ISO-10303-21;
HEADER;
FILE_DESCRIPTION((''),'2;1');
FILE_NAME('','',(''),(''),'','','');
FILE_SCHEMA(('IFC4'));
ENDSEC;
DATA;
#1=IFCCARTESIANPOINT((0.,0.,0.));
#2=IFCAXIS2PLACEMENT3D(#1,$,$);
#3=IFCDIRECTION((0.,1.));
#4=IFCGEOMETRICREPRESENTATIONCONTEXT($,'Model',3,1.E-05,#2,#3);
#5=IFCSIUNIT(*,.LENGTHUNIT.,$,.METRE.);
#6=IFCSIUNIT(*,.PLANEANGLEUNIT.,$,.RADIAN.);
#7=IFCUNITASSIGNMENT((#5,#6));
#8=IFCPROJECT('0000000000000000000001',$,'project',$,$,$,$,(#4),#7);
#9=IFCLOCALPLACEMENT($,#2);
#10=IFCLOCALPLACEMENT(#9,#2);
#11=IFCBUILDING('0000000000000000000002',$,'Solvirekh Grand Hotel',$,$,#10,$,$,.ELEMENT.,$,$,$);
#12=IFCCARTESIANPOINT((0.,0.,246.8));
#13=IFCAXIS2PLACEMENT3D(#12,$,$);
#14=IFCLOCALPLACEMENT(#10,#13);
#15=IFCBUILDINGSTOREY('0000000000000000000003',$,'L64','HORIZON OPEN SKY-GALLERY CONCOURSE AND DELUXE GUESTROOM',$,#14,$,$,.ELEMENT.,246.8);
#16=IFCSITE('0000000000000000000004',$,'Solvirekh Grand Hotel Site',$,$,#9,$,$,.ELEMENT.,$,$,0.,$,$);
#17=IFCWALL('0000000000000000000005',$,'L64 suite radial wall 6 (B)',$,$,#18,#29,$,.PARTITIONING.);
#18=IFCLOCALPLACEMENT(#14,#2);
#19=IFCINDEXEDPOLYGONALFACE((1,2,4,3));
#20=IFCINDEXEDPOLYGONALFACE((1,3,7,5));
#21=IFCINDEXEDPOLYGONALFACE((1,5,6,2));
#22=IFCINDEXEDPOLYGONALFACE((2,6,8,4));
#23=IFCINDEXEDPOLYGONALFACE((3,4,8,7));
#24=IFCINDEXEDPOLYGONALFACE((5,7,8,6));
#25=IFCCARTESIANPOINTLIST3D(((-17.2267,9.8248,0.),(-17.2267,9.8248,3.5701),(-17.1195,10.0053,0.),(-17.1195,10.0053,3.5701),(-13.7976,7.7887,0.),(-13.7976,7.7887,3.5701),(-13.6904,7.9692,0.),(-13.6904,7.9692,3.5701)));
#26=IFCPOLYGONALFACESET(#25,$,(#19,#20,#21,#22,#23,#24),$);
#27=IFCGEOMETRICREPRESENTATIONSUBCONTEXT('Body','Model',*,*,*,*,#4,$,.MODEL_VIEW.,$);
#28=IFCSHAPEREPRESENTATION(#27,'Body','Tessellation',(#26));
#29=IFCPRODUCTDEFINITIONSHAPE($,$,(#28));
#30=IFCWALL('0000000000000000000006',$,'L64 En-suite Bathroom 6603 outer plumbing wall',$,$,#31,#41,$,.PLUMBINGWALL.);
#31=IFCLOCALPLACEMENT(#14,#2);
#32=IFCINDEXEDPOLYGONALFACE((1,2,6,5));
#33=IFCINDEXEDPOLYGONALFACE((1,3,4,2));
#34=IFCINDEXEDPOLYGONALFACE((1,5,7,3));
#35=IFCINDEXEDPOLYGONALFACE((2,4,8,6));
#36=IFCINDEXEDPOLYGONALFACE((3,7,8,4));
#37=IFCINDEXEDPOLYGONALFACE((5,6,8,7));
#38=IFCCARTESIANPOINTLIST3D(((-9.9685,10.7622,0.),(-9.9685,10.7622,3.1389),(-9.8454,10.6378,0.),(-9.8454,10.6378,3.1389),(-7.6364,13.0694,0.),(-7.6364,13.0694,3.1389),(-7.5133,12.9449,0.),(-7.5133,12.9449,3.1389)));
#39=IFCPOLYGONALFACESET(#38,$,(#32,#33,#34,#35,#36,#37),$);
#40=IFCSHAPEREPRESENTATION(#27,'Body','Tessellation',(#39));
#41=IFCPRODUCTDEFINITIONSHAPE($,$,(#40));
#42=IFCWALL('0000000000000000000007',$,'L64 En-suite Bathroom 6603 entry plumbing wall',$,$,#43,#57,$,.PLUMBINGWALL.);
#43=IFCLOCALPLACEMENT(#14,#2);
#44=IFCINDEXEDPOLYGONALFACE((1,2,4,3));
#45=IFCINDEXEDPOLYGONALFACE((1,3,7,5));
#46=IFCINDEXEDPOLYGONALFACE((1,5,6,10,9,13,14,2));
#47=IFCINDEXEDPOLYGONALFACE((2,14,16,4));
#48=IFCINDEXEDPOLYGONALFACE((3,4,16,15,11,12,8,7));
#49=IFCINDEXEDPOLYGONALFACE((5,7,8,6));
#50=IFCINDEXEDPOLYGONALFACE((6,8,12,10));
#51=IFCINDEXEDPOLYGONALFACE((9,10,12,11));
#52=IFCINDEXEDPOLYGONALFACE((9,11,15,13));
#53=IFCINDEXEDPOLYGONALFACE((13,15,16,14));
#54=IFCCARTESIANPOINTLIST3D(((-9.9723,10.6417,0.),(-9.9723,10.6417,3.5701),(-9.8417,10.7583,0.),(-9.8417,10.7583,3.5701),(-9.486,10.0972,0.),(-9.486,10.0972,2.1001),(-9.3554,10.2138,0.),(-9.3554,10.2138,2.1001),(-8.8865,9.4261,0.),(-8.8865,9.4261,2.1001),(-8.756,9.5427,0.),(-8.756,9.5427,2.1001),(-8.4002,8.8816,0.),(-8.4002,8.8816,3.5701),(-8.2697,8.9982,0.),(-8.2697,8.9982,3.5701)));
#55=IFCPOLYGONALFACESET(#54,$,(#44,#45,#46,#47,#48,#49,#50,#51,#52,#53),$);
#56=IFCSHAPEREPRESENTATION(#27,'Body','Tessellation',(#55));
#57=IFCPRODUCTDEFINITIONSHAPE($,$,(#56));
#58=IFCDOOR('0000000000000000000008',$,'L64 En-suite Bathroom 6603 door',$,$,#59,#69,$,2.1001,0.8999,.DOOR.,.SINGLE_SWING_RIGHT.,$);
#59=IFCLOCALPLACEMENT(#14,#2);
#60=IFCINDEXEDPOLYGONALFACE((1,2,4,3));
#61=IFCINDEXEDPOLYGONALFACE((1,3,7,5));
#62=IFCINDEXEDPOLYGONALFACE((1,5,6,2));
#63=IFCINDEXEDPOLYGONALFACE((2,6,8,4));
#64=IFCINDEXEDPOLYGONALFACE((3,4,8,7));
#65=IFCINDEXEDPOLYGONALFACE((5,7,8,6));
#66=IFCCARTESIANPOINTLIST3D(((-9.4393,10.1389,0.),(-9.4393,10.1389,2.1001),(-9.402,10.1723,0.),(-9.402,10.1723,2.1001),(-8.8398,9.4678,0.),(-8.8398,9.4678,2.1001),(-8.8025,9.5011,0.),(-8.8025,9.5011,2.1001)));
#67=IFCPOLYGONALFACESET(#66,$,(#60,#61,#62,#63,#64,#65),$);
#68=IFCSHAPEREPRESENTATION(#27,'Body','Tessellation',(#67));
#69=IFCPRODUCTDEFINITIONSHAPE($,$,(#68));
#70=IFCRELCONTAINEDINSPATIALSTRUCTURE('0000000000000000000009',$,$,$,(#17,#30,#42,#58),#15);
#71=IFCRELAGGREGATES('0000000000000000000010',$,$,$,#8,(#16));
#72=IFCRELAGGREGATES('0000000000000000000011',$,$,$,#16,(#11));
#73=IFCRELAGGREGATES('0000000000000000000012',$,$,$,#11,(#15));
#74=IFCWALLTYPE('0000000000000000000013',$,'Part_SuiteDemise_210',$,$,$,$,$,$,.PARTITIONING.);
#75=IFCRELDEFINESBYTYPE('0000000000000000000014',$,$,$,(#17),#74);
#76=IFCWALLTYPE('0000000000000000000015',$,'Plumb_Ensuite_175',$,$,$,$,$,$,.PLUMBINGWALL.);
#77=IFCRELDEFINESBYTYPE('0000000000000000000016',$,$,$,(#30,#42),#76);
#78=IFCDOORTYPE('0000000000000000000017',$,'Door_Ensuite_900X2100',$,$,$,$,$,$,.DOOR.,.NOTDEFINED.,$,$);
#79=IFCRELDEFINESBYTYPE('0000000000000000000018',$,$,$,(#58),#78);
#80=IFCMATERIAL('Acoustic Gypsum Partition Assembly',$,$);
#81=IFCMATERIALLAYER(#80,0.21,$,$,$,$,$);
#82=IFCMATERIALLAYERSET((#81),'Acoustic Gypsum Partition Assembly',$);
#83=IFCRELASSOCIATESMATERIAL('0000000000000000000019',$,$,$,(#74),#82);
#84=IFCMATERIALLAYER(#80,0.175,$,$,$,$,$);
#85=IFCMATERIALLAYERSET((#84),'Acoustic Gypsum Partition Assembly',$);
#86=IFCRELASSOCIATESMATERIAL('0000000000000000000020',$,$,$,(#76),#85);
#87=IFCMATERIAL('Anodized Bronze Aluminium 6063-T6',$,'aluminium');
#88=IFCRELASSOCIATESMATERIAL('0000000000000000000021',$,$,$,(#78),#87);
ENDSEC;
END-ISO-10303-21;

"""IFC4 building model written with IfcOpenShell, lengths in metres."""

from ifc_helpers import new_model, si_unit, direction, frame, frame_2d, origin, place, context, subcontext, project, spatial, rectangle, extrude, material, layer, layer_set, type_object, element, fill, save


model = new_model("IFC4")

# Units and contexts
model_context = context("Model", 3, precision=1e-05, world=origin(), true_north=direction((0.0, 1.0)))
body_context = subcontext(model_context, "Body", "Model", "MODEL_VIEW")
ifc_project = project(units=[si_unit("LENGTHUNIT", "METRE"), si_unit("PLANEANGLEUNIT", "RADIAN")], contexts=[model_context])

# Site, building, storey
site_placement = place(None, origin())
site = spatial("IfcSite", under=ifc_project, at=site_placement, Name="Solvirekh Grand Hotel Site", CompositionType="ELEMENT", RefElevation=0.0)
building_placement = place(site_placement, origin())
building = spatial("IfcBuilding", under=site, at=building_placement, Name="Solvirekh Grand Hotel", CompositionType="ELEMENT")
storey_placement = place(building_placement, frame((0.0, 0.0, 246.8)))
storey = spatial("IfcBuildingStorey", under=building, at=storey_placement, Name="L64", Description="HORIZON OPEN SKY-GALLERY CONCOURSE AND DELUXE GUESTROOM", CompositionType="ELEMENT", Elevation=246.8)

# Shared definitions
ifc_material_1 = material(Name="Anodized Bronze Aluminium 6063-T6", Category="aluminium")

# Shared definitions
ifc_material_2 = material(Name="Acoustic Gypsum Partition Assembly")

# Walls
ifc_layer_1 = layer(ifc_material_2, 0.21)
ifc_layer_set_1 = layer_set([ifc_layer_1], Name="Acoustic Gypsum Partition Assembly")
wall_type_1 = type_object("IfcWallType", Name="Part_SuiteDemise_210", PredefinedType="PARTITIONING", material=ifc_layer_set_1)
wall_1_placement = place(storey_placement, frame((-13.7439, 7.8789, 0.0), z_axis=(0.0, 0.0, 1.0), x_axis=(-0.85985, 0.510547, 0.0)))
element("IfcWall", 1, at=wall_1_placement, inside=storey, type_object=wall_type_1, Name="L64 suite radial wall 6 (B)", PredefinedType="PARTITIONING", context=body_context, shape_type="SweptSolid", body=[
    extrude(rectangle(XDim=3.988, YDim=0.21, at=frame_2d((1.9941, 0.0))), origin(), (0.0, 0.0, 1.0), 3.5701),
])
ifc_layer_2 = layer(ifc_material_2, 0.175)
ifc_layer_set_2 = layer_set([ifc_layer_2], Name="Acoustic Gypsum Partition Assembly")
wall_type_2 = type_object("IfcWallType", Name="Plumb_Ensuite_175", PredefinedType="PLUMBINGWALL", material=ifc_layer_set_2)
wall_2_placement = place(storey_placement, frame((-7.575, 13.0071, 0.0), z_axis=(0.0, 0.0, 1.0), x_axis=(-0.710892, -0.703301, 0.0)))
element("IfcWall", 2, at=wall_2_placement, inside=storey, type_object=wall_type_2, Name="L64 En-suite Bathroom 6603 outer plumbing wall", PredefinedType="PLUMBINGWALL", context=body_context, shape_type="SweptSolid", body=[
    extrude(rectangle(XDim=3.2805, YDim=0.175, at=frame_2d((1.6401, 0.0))), origin(), (0.0, 0.0, 1.0), 3.1389),
])

# Wall, opening, door
wall_3_placement = place(storey_placement, frame((-8.335, 8.9399, 0.0), z_axis=(0.0, 0.0, 1.0), x_axis=(-0.666154, 0.745815, 0.0)))
wall_3 = element("IfcWall", 3, at=wall_3_placement, inside=storey, type_object=wall_type_2, Name="L64 En-suite Bathroom 6603 entry plumbing wall", PredefinedType="PLUMBINGWALL", context=body_context, shape_type="SweptSolid", body=[
    extrude(rectangle(XDim=2.3599, YDim=0.175, at=frame_2d((1.1799, 0.0))), origin(), (0.0, 0.0, 1.0), 3.5701),
])
opening_1_placement = place(wall_3_placement, frame((0.73, 0.0, 0.0)))
opening_1 = element("IfcOpeningElement", 4, at=opening_1_placement, cuts=wall_3, PredefinedType="OPENING", context=body_context, shape_type="SweptSolid", body=[
    extrude(rectangle(XDim=0.8999, YDim=2.1001, at=frame_2d((0.45, 1.05))), frame((0.0, 0.0977, 0.0), z_axis=(0.0, -1.0, 0.0), x_axis=(1.0, 0.0, 0.0)), (0.0, 0.0, 1.0), 0.1951),
])
door_type_1 = type_object("IfcDoorType", Name="Door_Ensuite_900X2100", OperationType="NOTDEFINED", PredefinedType="DOOR", material=ifc_material_1)
door_1_placement = place(opening_1_placement, origin())
door_1 = element("IfcDoor", 5, at=door_1_placement, inside=storey, type_object=door_type_1, Name="L64 En-suite Bathroom 6603 door", OperationType="SINGLE_SWING_RIGHT", OverallHeight=2.1001, OverallWidth=0.8999, PredefinedType="DOOR", context=body_context, shape_type="SweptSolid", body=[
    extrude(rectangle(XDim=0.8999, YDim=2.1001, at=frame_2d((0.45, 1.05))), frame((0.0, 0.0249, 0.0), z_axis=(0.0, -1.0, 0.0), x_axis=(1.0, 0.0, 0.0)), (0.0, 0.0, 1.0), 0.05),
])
fill(opening_1, door_1)

save(model, "model.ifc")
